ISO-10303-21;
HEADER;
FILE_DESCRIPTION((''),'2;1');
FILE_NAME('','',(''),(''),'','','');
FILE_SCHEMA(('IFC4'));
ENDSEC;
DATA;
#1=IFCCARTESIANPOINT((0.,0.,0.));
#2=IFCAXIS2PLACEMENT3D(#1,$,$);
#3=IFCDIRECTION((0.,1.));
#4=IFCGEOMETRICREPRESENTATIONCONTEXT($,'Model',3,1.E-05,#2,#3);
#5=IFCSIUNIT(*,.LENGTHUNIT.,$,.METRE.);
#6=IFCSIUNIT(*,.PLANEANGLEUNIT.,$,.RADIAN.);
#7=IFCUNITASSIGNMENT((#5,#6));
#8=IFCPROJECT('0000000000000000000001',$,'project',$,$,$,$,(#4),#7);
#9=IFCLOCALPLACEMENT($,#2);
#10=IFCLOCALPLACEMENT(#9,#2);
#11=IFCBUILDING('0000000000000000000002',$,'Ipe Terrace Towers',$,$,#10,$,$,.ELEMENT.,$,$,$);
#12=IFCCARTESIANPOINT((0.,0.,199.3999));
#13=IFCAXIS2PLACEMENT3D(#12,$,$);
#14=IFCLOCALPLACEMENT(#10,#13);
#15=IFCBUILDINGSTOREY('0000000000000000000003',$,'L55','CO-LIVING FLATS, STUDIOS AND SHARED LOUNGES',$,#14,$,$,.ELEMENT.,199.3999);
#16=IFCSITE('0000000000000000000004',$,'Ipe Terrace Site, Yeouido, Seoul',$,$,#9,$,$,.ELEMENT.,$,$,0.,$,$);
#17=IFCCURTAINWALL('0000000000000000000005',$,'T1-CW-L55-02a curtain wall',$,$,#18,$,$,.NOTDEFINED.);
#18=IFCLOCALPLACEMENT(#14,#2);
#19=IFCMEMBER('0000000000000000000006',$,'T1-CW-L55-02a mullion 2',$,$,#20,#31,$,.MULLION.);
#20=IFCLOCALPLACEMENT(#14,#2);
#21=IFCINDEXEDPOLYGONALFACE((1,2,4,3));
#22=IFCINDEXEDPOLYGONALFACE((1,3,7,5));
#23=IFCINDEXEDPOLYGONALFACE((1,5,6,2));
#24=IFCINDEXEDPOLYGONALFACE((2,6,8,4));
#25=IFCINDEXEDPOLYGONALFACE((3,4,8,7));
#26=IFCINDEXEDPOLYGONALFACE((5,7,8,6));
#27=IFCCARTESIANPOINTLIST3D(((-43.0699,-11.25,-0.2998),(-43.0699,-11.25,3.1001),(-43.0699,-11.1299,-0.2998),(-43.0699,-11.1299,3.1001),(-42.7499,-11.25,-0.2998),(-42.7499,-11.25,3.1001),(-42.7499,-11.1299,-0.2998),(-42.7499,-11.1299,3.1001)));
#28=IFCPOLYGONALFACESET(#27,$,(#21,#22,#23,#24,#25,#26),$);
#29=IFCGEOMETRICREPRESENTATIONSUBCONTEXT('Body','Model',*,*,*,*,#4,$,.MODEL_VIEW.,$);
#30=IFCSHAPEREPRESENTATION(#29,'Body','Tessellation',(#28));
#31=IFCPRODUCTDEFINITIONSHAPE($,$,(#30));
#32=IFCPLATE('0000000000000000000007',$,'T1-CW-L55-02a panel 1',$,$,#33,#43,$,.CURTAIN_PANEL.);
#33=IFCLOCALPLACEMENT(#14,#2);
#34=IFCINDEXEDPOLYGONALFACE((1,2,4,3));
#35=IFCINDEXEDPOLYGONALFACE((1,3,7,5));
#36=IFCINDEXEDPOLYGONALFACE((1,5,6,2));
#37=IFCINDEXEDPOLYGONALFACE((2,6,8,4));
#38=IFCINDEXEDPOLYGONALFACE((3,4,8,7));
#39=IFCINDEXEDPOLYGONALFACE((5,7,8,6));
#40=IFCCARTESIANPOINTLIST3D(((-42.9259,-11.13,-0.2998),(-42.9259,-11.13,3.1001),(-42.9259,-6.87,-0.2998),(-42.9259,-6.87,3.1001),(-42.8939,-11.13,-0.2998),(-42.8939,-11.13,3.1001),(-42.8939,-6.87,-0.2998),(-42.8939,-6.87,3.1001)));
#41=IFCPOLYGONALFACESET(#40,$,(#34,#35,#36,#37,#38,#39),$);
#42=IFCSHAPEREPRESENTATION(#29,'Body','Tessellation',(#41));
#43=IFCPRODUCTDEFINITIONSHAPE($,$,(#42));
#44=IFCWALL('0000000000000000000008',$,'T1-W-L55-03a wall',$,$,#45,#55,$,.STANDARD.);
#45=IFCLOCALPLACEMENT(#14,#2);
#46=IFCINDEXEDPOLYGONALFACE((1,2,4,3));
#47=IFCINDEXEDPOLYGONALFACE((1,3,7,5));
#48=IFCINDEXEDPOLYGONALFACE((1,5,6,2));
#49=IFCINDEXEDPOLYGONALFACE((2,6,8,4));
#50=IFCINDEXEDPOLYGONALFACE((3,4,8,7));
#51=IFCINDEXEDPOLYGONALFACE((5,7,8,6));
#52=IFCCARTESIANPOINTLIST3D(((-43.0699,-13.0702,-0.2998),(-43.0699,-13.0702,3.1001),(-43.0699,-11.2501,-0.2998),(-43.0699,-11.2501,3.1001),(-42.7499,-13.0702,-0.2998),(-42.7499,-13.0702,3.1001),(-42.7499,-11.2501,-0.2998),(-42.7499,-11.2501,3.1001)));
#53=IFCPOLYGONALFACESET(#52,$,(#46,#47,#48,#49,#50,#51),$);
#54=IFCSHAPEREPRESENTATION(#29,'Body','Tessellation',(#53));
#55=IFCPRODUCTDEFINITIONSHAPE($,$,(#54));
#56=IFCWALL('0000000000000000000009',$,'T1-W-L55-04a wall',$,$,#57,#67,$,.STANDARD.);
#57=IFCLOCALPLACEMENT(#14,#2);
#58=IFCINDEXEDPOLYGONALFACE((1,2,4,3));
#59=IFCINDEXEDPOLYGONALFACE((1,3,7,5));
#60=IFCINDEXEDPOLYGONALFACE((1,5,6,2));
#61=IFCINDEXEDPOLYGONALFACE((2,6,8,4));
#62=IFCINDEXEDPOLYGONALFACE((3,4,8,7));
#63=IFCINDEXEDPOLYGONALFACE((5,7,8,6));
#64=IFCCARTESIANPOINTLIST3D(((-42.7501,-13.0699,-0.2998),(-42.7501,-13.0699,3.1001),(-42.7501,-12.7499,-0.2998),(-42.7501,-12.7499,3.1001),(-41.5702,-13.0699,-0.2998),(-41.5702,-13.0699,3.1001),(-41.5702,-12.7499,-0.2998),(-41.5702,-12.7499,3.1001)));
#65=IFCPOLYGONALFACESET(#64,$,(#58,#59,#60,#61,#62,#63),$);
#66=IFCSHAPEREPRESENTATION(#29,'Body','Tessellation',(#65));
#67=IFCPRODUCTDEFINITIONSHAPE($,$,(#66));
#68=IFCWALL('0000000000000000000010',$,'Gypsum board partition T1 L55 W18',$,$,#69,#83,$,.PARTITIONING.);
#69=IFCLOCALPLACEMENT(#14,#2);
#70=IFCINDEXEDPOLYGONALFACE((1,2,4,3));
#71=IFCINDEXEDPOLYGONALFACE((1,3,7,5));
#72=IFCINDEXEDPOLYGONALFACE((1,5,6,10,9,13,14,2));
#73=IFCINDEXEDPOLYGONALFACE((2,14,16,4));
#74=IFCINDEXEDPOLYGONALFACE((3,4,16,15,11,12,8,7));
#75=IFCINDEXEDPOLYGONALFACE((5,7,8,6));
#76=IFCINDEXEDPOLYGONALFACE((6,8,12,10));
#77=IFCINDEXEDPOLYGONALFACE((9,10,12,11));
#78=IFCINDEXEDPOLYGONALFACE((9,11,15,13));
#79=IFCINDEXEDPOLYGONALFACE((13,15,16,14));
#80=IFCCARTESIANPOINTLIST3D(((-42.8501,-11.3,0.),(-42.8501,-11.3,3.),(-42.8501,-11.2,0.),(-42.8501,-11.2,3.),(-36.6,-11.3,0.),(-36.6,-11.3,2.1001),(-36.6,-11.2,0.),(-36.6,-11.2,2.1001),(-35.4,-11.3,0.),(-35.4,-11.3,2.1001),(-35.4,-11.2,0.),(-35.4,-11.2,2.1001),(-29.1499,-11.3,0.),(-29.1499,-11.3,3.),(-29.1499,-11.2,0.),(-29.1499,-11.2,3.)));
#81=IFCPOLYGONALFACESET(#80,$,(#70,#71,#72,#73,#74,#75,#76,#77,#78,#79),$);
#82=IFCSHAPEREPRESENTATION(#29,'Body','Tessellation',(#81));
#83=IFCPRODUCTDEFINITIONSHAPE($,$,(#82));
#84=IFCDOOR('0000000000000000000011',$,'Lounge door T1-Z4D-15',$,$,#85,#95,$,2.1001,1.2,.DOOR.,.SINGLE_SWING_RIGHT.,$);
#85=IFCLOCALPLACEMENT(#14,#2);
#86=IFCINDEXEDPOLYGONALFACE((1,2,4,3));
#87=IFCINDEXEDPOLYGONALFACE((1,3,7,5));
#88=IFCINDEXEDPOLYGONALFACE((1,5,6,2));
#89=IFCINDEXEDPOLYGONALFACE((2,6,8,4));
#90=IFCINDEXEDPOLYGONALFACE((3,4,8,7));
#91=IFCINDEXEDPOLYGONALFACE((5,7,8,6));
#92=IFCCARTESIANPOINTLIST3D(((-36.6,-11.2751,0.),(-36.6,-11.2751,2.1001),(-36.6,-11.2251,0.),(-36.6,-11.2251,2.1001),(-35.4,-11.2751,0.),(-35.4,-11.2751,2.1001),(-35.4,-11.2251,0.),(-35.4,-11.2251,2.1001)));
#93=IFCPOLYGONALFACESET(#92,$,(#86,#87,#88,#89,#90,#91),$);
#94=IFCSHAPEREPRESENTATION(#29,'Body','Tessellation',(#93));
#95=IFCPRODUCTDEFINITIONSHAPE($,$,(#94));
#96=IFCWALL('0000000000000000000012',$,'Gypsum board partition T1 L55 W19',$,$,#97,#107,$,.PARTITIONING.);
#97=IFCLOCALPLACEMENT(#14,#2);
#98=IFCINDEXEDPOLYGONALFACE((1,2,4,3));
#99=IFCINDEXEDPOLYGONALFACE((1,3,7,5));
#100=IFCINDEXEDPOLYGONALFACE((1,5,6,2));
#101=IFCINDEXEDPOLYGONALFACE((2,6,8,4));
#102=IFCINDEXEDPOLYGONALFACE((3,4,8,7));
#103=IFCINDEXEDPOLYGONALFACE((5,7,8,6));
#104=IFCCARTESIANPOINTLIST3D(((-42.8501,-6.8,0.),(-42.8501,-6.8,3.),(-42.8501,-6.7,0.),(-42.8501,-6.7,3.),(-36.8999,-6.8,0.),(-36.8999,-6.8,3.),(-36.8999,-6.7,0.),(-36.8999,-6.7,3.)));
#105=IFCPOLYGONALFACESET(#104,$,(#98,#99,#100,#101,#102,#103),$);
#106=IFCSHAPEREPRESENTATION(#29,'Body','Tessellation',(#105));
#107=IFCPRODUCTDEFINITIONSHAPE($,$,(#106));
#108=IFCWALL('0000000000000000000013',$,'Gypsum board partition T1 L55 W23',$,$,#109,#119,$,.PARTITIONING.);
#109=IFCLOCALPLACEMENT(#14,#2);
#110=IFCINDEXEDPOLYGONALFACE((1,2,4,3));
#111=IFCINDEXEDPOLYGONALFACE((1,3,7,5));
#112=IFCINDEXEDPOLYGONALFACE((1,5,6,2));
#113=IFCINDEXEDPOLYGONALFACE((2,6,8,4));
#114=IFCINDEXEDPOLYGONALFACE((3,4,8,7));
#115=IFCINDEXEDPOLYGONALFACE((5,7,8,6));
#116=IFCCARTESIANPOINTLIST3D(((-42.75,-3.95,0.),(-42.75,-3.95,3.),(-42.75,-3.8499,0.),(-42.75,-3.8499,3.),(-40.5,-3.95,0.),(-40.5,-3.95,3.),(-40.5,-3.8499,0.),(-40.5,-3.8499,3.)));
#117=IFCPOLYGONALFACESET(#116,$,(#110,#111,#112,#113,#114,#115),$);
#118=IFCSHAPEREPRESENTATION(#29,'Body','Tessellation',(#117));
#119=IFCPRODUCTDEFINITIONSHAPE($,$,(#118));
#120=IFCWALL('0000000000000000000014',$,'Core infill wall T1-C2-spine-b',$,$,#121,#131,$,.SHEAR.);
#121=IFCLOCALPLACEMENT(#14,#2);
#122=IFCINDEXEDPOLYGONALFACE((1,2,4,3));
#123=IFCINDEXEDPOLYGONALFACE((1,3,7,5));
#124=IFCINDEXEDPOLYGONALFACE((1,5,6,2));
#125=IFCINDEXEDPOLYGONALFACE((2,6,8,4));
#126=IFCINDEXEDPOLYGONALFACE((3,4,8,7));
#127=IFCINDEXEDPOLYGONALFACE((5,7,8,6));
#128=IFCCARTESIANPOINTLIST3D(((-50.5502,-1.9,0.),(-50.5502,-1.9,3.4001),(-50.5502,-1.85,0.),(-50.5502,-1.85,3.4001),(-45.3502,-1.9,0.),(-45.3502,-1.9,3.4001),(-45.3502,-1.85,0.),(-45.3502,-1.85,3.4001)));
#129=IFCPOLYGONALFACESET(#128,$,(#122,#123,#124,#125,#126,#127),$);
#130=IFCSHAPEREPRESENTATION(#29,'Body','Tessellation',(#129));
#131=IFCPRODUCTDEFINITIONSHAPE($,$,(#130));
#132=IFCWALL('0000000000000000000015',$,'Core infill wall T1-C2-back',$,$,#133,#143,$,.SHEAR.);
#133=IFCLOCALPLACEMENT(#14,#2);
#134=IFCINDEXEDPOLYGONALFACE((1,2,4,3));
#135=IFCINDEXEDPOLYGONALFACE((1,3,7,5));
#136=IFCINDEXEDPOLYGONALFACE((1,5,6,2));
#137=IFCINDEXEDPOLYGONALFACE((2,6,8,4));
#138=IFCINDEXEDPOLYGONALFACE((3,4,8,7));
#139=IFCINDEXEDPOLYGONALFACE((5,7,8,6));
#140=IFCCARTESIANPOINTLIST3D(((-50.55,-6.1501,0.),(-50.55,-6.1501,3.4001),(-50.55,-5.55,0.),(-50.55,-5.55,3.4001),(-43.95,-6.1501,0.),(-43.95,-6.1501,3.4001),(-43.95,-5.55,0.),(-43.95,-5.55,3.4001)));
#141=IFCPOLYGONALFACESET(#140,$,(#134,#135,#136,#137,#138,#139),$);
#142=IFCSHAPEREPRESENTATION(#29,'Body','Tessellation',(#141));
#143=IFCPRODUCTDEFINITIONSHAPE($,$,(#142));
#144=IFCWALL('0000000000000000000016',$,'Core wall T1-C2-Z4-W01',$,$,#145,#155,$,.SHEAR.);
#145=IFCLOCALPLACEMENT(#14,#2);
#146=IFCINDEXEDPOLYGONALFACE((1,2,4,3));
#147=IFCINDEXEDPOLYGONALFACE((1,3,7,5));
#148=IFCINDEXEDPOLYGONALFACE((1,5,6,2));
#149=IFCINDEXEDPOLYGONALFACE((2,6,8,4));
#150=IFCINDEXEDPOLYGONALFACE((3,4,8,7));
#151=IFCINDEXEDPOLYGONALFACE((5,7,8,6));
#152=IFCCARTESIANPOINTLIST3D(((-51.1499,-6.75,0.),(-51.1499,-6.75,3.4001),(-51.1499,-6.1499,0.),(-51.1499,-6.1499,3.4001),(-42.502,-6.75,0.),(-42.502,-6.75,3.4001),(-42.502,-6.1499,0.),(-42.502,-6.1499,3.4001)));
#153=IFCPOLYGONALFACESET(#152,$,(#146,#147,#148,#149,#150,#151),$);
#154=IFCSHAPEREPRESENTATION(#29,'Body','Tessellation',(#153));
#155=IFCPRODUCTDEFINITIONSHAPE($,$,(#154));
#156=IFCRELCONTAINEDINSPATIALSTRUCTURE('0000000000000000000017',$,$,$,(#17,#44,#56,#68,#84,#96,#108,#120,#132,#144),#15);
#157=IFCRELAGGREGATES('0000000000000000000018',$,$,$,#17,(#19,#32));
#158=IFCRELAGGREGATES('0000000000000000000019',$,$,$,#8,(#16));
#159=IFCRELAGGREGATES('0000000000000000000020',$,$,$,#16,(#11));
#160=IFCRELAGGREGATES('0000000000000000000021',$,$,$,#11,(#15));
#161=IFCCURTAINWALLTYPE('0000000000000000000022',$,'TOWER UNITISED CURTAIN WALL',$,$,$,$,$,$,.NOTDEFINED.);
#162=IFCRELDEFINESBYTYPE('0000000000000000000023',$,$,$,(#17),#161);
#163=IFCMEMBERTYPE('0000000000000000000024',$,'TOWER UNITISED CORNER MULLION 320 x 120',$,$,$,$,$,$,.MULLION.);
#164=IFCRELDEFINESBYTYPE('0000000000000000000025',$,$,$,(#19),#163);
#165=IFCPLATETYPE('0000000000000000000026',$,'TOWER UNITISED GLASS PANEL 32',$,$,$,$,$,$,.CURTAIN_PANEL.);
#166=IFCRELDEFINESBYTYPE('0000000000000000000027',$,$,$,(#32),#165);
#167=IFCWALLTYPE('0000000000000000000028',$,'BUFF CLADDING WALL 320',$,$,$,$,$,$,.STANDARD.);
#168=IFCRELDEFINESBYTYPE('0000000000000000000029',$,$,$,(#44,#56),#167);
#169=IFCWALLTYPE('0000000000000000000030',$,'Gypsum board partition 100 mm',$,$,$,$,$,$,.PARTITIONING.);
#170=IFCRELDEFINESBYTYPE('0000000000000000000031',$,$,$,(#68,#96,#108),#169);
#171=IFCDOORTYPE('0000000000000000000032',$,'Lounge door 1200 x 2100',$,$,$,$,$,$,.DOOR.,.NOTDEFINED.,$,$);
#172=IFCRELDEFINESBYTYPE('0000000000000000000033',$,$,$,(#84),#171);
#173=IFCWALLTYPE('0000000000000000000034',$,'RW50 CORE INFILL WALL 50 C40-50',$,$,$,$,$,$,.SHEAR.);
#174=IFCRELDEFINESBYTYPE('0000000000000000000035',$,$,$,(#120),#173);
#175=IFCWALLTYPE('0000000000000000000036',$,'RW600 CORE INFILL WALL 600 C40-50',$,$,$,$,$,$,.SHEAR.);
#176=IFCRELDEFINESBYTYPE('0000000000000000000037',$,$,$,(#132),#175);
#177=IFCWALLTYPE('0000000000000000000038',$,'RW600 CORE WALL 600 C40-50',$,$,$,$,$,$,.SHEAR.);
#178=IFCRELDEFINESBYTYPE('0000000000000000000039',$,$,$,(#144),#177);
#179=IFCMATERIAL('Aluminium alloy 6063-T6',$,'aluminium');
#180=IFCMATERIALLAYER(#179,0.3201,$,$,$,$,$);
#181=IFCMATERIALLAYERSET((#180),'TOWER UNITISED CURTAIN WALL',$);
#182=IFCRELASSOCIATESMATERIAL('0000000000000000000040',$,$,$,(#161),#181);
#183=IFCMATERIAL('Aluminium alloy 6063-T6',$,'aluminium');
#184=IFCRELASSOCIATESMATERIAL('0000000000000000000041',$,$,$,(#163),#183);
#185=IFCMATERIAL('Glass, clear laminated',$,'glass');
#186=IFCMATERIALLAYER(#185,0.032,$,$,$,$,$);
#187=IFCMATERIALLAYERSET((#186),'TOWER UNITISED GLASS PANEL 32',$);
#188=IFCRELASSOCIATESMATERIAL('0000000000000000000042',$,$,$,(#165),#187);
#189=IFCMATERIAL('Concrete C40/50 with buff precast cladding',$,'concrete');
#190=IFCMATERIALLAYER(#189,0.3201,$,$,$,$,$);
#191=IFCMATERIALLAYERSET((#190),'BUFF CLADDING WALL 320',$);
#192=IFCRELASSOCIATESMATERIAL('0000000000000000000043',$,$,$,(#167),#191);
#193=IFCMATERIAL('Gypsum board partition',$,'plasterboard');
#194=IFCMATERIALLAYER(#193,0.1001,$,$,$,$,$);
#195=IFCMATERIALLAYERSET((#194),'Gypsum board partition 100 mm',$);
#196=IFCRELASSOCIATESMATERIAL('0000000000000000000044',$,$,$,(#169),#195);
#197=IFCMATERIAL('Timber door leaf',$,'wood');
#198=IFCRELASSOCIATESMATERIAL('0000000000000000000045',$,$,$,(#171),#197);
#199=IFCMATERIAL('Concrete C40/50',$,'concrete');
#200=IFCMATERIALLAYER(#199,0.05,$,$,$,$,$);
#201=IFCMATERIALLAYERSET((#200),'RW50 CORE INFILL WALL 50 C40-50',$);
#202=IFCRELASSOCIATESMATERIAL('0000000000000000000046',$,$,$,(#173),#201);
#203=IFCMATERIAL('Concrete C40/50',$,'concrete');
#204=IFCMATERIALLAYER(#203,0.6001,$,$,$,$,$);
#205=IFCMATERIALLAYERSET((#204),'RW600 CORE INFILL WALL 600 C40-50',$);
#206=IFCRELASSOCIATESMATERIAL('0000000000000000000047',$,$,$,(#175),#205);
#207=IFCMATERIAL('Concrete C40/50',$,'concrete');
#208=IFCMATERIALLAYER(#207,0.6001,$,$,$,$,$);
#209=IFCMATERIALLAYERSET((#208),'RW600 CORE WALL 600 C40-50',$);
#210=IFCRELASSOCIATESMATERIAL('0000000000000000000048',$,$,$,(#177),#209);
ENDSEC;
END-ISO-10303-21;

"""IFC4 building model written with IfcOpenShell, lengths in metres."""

from ifc_helpers import new_model, si_unit, direction, frame, frame_2d, origin, origin_2d, place, context, subcontext, project, spatial, rectangle, extrude, material, layer, layer_set, material_profile, profile_set, type_object, element, fill, aggregate, save


model = new_model("IFC4")

# Units and contexts
model_context = context("Model", 3, precision=1e-05, world=origin(), true_north=direction((0.0, 1.0)))
body_context = subcontext(model_context, "Body", "Model", "MODEL_VIEW")
ifc_project = project(units=[si_unit("LENGTHUNIT", "METRE"), si_unit("PLANEANGLEUNIT", "RADIAN")], contexts=[model_context])

# Site, building, storey
site_placement = place(None, origin())
site = spatial("IfcSite", under=ifc_project, at=site_placement, Name="Ipe Terrace Site, Yeouido, Seoul", CompositionType="ELEMENT", RefElevation=0.0)
building_placement = place(site_placement, origin())
building = spatial("IfcBuilding", under=site, at=building_placement, Name="Ipe Terrace Towers", CompositionType="ELEMENT")
storey_placement = place(building_placement, frame((0.0, 0.0, 199.3999)))
storey = spatial("IfcBuildingStorey", under=building, at=storey_placement, Name="L55", Description="CO-LIVING FLATS, STUDIOS AND SHARED LOUNGES", CompositionType="ELEMENT", Elevation=199.3999)

# Curtain wall, member, plate
ifc_material_1 = material(Name="Aluminium alloy 6063-T6", Category="aluminium")
ifc_layer_1 = layer(ifc_material_1, 0.3201)
ifc_layer_set_1 = layer_set([ifc_layer_1], Name="TOWER UNITISED CURTAIN WALL")
curtain_wall_type = type_object("IfcCurtainWallType", Name="TOWER UNITISED CURTAIN WALL", PredefinedType="NOTDEFINED", material=ifc_layer_set_1)
curtain_wall_placement = place(storey_placement, origin())
curtain_wall = element("IfcCurtainWall", 1, at=curtain_wall_placement, inside=storey, type_object=curtain_wall_type, Name="T1-CW-L55-02a curtain wall", PredefinedType="NOTDEFINED")
ifc_material_2 = material(Name="Aluminium alloy 6063-T6", Category="aluminium")
ifc_material_profile_1 = material_profile(ifc_material_2, rectangle(XDim=0.3201, YDim=0.1201, at=origin_2d()), Name="TOWER UNITISED CORNER MULLION 320 x 120")
ifc_profile_set_1 = profile_set([ifc_material_profile_1], Name="Aluminium alloy 6063-T6")
member_type = type_object("IfcMemberType", Name="TOWER UNITISED CORNER MULLION 320 x 120", PredefinedType="MULLION", material=ifc_profile_set_1)
member_1_placement = place(storey_placement, frame((-42.9099, -11.1899, -0.2998), z_axis=(0.0, 0.0, 1.0), x_axis=(-1.0, 0.0, 0.0)))
member_1 = element("IfcMember", 2, at=member_1_placement, type_object=member_type, Name="T1-CW-L55-02a mullion 2", PredefinedType="MULLION", context=body_context, shape_type="SweptSolid", body=[
    extrude(rectangle(XDim=0.3201, YDim=0.1201, at=origin_2d()), origin(), (0.0, 0.0, 1.0), 3.3999),
])
ifc_material_3 = material(Name="Glass, clear laminated", Category="glass")
ifc_layer_2 = layer(ifc_material_3, 0.032)
ifc_layer_set_2 = layer_set([ifc_layer_2], Name="TOWER UNITISED GLASS PANEL 32")
plate_type = type_object("IfcPlateType", Name="TOWER UNITISED GLASS PANEL 32", PredefinedType="CURTAIN_PANEL", material=ifc_layer_set_2)
plate_placement = place(storey_placement, frame((-42.9099, -9.0, -0.2998), z_axis=(0.0, 0.0, 1.0), x_axis=(0.0, -1.0, 0.0)))
plate = element("IfcPlate", 3, at=plate_placement, type_object=plate_type, Name="T1-CW-L55-02a panel 1", PredefinedType="CURTAIN_PANEL", context=body_context, shape_type="SweptSolid", body=[
    extrude(rectangle(XDim=4.26, YDim=0.032, at=origin_2d()), origin(), (0.0, 0.0, 1.0), 3.3999),
])
aggregate(curtain_wall, [member_1, plate])

# Walls
ifc_material_4 = material(Name="Concrete C40/50 with buff precast cladding", Category="concrete")
ifc_layer_3 = layer(ifc_material_4, 0.3201)
ifc_layer_set_3 = layer_set([ifc_layer_3], Name="BUFF CLADDING WALL 320")
wall_type_1 = type_object("IfcWallType", Name="BUFF CLADDING WALL 320", PredefinedType="STANDARD", material=ifc_layer_set_3)
wall_1_placement = place(storey_placement, frame((-42.9099, -11.25, -0.2998), z_axis=(0.0, 0.0, 1.0), x_axis=(0.0, -1.0, 0.0)))
element("IfcWall", 4, at=wall_1_placement, inside=storey, type_object=wall_type_1, Name="T1-W-L55-03a wall", PredefinedType="STANDARD", context=body_context, shape_type="SweptSolid", body=[
    extrude(rectangle(XDim=1.8201, YDim=0.3201, at=frame_2d((0.9102, 0.0))), origin(), (0.0, 0.0, 1.0), 3.3999),
])
wall_2_placement = place(storey_placement, frame((-42.75, -12.9099, -0.2998), z_axis=(0.0, 0.0, 1.0), x_axis=(1.0, 0.0, 0.0)))
element("IfcWall", 5, at=wall_2_placement, inside=storey, type_object=wall_type_1, Name="T1-W-L55-04a wall", PredefinedType="STANDARD", context=body_context, shape_type="SweptSolid", body=[
    extrude(rectangle(XDim=1.1799, YDim=0.3201, at=frame_2d((0.5898, 0.0))), origin(), (0.0, 0.0, 1.0), 3.3999),
])

# Wall, opening, door
ifc_material_5 = material(Name="Gypsum board partition", Category="plasterboard")
ifc_layer_4 = layer(ifc_material_5, 0.1001)
ifc_layer_set_4 = layer_set([ifc_layer_4], Name="Gypsum board partition 100 mm")
wall_type_2 = type_object("IfcWallType", Name="Gypsum board partition 100 mm", PredefinedType="PARTITIONING", material=ifc_layer_set_4)
wall_3_placement = place(storey_placement, frame((-42.8501, -11.25, 0.0), z_axis=(0.0, 0.0, 1.0), x_axis=(1.0, 0.0, 0.0)))
wall_3 = element("IfcWall", 6, at=wall_3_placement, inside=storey, type_object=wall_type_2, Name="Gypsum board partition T1 L55 W18", PredefinedType="PARTITIONING", context=body_context, shape_type="SweptSolid", body=[
    extrude(rectangle(XDim=13.7002, YDim=0.1001, at=frame_2d((6.8501, 0.0))), origin(), (0.0, 0.0, 1.0), 3.0),
])
opening_1_placement = place(wall_3_placement, frame((6.25, 0.0, 0.0)))
opening_1 = element("IfcOpeningElement", 7, at=opening_1_placement, cuts=wall_3, PredefinedType="OPENING", context=body_context, shape_type="SweptSolid", body=[
    extrude(rectangle(XDim=1.2, YDim=2.1001, at=frame_2d((0.6001, 1.05))), frame((0.0, 0.0601, 0.0), z_axis=(0.0, -1.0, 0.0), x_axis=(1.0, 0.0, 0.0)), (0.0, 0.0, 1.0), 0.1201),
])
ifc_material_6 = material(Name="Timber door leaf", Category="wood")
door_type_1 = type_object("IfcDoorType", Name="Lounge door 1200 x 2100", OperationType="NOTDEFINED", PredefinedType="DOOR", material=ifc_material_6)
door_1_placement = place(opening_1_placement, origin())
door_1 = element("IfcDoor", 8, at=door_1_placement, inside=storey, type_object=door_type_1, Name="Lounge door T1-Z4D-15", OperationType="SINGLE_SWING_RIGHT", OverallHeight=2.1001, OverallWidth=1.2, PredefinedType="DOOR", context=body_context, shape_type="SweptSolid", body=[
    extrude(rectangle(XDim=1.2, YDim=2.1001, at=frame_2d((0.6001, 1.05))), frame((0.0, 0.0249, 0.0), z_axis=(0.0, -1.0, 0.0), x_axis=(1.0, 0.0, 0.0)), (0.0, 0.0, 1.0), 0.05),
])
fill(opening_1, door_1)

# Walls
wall_4_placement = place(storey_placement, frame((-42.8501, -6.75, 0.0), z_axis=(0.0, 0.0, 1.0), x_axis=(1.0, 0.0, 0.0)))
element("IfcWall", 9, at=wall_4_placement, inside=storey, type_object=wall_type_2, Name="Gypsum board partition T1 L55 W19", PredefinedType="PARTITIONING", context=body_context, shape_type="SweptSolid", body=[
    extrude(rectangle(XDim=5.9502, YDim=0.1001, at=frame_2d((2.9751, 0.0))), origin(), (0.0, 0.0, 1.0), 3.0),
])
wall_5_placement = place(storey_placement, frame((-42.75, -3.8999, 0.0), z_axis=(0.0, 0.0, 1.0), x_axis=(1.0, 0.0, 0.0)))
element("IfcWall", 10, at=wall_5_placement, inside=storey, type_object=wall_type_2, Name="Gypsum board partition T1 L55 W23", PredefinedType="PARTITIONING", context=body_context, shape_type="SweptSolid", body=[
    extrude(rectangle(XDim=2.25, YDim=0.1001, at=frame_2d((1.125, 0.0))), origin(), (0.0, 0.0, 1.0), 3.0),
])
ifc_material_7 = material(Name="Concrete C40/50", Category="concrete")
ifc_layer_5 = layer(ifc_material_7, 0.05)
ifc_layer_set_5 = layer_set([ifc_layer_5], Name="RW50 CORE INFILL WALL 50 C40-50")
wall_type_3 = type_object("IfcWallType", Name="RW50 CORE INFILL WALL 50 C40-50", PredefinedType="SHEAR", material=ifc_layer_set_5)
wall_6_placement = place(storey_placement, frame((-45.3501, -1.875, 0.0), z_axis=(0.0, 0.0, 1.0), x_axis=(-1.0, 0.0, 0.0)))
element("IfcWall", 11, at=wall_6_placement, inside=storey, type_object=wall_type_3, Name="Core infill wall T1-C2-spine-b", PredefinedType="SHEAR", context=body_context, shape_type="SweptSolid", body=[
    extrude(rectangle(XDim=5.2, YDim=0.05, at=frame_2d((2.6001, 0.0))), origin(), (0.0, 0.0, 1.0), 3.4001),
])
ifc_material_8 = material(Name="Concrete C40/50", Category="concrete")
ifc_layer_6 = layer(ifc_material_8, 0.6001)
ifc_layer_set_6 = layer_set([ifc_layer_6], Name="RW600 CORE INFILL WALL 600 C40-50")
wall_type_4 = type_object("IfcWallType", Name="RW600 CORE INFILL WALL 600 C40-50", PredefinedType="SHEAR", material=ifc_layer_set_6)
wall_7_placement = place(storey_placement, frame((-43.95, -5.8501, 0.0), z_axis=(0.0, 0.0, 1.0), x_axis=(-1.0, 0.0, 0.0)))
element("IfcWall", 12, at=wall_7_placement, inside=storey, type_object=wall_type_4, Name="Core infill wall T1-C2-back", PredefinedType="SHEAR", context=body_context, shape_type="SweptSolid", body=[
    extrude(rectangle(XDim=6.6001, YDim=0.6001, at=frame_2d((3.3, 0.0))), origin(), (0.0, 0.0, 1.0), 3.4001),
])
ifc_material_9 = material(Name="Concrete C40/50", Category="concrete")
ifc_layer_7 = layer(ifc_material_9, 0.6001)
ifc_layer_set_7 = layer_set([ifc_layer_7], Name="RW600 CORE WALL 600 C40-50")
wall_type_5 = type_object("IfcWallType", Name="RW600 CORE WALL 600 C40-50", PredefinedType="SHEAR", material=ifc_layer_set_7)
wall_8_placement = place(storey_placement, frame((-51.1499, -6.45, 0.0), z_axis=(0.0, 0.0, 1.0), x_axis=(1.0, 0.0, 0.0)))
element("IfcWall", 13, at=wall_8_placement, inside=storey, type_object=wall_type_5, Name="Core wall T1-C2-Z4-W01", PredefinedType="SHEAR", context=body_context, shape_type="SweptSolid", body=[
    extrude(rectangle(XDim=8.6479, YDim=0.6001, at=frame_2d((4.324, 0.0))), origin(), (0.0, 0.0, 1.0), 3.4001),
])

save(model, "model.ifc")
